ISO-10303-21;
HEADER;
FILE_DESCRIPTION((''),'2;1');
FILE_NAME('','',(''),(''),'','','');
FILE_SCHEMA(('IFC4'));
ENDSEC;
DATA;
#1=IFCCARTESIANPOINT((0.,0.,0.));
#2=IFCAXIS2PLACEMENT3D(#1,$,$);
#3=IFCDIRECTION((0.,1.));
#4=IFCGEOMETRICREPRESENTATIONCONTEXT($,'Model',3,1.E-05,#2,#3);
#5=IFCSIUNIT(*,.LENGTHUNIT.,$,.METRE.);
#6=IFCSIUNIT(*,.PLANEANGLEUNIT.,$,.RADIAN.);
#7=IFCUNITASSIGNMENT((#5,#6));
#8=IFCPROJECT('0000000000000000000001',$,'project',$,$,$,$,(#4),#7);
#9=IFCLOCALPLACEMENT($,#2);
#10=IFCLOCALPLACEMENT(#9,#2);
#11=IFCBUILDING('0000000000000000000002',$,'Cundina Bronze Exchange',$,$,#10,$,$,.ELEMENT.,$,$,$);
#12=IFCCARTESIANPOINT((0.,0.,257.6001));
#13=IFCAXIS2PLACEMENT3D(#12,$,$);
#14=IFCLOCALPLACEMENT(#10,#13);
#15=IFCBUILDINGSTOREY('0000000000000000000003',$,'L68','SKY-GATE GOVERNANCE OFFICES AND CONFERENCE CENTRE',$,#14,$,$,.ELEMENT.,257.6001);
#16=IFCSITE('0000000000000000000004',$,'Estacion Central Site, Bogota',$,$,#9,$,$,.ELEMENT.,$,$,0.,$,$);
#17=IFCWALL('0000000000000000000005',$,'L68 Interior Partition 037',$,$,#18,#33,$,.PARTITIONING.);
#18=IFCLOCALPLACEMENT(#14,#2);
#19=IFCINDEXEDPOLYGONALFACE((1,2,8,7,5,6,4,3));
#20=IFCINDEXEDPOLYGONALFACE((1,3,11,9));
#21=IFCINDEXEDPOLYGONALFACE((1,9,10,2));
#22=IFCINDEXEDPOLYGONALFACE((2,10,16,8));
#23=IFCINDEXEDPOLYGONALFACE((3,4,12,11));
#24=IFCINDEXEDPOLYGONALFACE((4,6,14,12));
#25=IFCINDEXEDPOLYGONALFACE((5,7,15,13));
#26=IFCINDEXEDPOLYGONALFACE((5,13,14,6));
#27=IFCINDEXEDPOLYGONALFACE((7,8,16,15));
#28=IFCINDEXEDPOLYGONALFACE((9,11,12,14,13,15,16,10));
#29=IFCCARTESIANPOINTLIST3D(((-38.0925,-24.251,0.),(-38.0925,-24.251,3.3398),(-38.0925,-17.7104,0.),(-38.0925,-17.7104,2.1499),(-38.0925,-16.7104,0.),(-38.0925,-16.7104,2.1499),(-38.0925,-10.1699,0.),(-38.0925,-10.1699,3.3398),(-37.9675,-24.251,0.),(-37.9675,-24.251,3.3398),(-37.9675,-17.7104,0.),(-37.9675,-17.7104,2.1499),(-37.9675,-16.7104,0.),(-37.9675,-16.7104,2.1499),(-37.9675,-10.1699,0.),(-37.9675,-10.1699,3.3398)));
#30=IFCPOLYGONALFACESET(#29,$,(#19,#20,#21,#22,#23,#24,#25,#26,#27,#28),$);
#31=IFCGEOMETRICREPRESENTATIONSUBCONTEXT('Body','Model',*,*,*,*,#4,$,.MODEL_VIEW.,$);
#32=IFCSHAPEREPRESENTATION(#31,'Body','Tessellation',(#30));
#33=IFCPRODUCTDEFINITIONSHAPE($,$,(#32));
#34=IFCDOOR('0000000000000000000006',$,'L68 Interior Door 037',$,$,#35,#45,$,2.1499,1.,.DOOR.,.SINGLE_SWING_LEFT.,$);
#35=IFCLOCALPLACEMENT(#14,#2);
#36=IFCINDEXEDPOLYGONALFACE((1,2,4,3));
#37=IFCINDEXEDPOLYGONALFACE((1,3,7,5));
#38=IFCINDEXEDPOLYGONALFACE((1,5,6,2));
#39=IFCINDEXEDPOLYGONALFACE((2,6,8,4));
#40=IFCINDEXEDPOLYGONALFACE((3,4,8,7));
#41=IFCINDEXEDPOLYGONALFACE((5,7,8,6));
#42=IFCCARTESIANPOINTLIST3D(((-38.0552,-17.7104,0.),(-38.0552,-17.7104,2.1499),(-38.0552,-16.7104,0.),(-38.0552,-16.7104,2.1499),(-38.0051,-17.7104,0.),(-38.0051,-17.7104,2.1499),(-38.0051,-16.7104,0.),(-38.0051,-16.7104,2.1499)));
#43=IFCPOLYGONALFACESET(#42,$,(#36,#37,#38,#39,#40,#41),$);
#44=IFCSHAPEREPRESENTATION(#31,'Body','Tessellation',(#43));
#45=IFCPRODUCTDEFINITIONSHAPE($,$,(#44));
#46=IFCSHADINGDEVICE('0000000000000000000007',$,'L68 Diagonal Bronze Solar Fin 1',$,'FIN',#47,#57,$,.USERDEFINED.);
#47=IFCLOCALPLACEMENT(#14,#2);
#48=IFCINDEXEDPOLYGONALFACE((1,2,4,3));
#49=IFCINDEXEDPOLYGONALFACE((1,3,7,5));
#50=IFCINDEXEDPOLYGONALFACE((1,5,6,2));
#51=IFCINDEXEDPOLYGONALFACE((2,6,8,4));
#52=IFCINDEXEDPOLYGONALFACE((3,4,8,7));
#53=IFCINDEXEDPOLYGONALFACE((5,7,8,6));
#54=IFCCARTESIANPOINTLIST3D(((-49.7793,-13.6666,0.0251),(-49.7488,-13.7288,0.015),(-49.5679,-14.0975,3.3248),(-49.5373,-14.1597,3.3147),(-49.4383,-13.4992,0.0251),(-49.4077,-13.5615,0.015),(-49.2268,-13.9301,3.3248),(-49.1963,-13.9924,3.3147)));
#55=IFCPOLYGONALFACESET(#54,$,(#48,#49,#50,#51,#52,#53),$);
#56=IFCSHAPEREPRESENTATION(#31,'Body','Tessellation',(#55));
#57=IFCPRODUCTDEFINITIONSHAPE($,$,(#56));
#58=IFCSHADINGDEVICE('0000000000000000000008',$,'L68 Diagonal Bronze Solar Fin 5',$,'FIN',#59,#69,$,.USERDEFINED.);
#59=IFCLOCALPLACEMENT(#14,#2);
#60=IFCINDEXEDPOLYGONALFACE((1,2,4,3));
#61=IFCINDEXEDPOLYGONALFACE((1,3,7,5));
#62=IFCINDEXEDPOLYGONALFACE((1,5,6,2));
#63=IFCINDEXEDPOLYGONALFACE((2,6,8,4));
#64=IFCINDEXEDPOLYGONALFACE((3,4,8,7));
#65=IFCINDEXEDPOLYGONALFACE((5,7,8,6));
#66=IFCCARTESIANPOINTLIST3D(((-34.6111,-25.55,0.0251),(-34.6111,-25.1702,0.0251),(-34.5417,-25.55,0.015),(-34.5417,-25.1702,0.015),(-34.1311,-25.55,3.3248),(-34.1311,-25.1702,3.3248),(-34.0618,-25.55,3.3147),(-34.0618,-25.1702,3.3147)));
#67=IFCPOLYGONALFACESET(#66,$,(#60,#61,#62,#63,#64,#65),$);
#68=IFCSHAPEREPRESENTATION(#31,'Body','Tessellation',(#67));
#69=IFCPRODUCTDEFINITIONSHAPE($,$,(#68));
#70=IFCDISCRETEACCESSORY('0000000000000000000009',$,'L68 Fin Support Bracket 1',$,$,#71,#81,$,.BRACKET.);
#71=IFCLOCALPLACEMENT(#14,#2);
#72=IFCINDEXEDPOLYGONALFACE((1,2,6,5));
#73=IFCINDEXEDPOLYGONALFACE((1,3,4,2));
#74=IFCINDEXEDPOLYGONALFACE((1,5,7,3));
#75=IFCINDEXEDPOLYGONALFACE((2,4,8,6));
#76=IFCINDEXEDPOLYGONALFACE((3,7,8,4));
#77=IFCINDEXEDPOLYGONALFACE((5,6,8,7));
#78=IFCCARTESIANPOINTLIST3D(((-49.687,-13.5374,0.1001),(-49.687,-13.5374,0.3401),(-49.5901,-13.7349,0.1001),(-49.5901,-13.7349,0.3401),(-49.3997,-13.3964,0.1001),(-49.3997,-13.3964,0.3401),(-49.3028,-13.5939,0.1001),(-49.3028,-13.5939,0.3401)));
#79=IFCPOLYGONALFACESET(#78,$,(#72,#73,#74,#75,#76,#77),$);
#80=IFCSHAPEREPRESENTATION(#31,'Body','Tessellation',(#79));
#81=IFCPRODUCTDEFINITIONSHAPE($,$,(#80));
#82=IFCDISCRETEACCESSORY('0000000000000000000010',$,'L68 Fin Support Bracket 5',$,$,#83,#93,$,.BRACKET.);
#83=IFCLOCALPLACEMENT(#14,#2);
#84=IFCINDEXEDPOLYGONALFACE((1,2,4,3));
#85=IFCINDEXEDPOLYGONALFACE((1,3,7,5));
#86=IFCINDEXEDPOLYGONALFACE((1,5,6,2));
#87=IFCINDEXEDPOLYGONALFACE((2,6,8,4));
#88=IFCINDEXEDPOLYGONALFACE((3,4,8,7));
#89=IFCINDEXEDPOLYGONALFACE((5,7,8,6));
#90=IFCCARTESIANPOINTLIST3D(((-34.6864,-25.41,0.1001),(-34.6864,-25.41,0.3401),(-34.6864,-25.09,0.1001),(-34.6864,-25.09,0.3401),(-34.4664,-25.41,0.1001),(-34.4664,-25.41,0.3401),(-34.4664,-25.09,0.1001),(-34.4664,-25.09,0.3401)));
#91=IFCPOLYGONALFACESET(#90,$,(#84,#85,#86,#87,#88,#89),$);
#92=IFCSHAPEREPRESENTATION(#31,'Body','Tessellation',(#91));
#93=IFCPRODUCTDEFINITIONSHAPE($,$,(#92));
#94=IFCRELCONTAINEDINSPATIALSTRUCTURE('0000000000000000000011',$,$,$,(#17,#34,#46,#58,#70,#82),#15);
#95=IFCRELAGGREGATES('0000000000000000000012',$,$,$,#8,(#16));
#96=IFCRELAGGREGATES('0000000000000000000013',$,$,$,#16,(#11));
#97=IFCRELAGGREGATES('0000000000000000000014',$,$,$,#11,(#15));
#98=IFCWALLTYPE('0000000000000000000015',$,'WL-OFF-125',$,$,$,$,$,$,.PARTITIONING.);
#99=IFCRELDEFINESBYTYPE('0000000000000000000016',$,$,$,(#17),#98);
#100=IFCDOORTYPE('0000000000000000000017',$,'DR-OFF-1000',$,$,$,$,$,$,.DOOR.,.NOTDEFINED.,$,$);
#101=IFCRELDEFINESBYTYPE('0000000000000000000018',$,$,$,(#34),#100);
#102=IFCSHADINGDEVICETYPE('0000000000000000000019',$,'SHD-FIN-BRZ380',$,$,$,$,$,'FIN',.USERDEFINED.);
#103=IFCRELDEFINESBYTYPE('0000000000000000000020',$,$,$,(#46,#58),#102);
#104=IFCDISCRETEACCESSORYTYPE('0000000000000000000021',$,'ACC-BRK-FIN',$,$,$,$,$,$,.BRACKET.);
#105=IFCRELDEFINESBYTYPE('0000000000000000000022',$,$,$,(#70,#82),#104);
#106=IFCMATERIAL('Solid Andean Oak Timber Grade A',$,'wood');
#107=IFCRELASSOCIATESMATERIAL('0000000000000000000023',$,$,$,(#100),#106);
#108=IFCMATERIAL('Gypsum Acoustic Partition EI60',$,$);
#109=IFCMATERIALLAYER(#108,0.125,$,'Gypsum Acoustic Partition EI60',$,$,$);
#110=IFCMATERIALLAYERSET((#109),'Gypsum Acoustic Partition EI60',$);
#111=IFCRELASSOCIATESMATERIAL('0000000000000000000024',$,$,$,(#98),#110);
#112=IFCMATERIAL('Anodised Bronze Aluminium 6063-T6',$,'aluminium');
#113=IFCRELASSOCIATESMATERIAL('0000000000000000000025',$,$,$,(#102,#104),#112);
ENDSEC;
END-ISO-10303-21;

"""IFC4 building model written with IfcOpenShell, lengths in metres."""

from ifc_helpers import new_model, si_unit, direction, frame, frame_2d, origin, origin_2d, place, context, subcontext, project, spatial, rectangle, extrude, material, layer, layer_set, material_profile, profile_set, type_object, element, fill, save


model = new_model("IFC4")

# Units and contexts
model_context = context("Model", 3, precision=1e-05, world=origin(), true_north=direction((0.0, 1.0)))
body_context = subcontext(model_context, "Body", "Model", "MODEL_VIEW")
ifc_project = project(units=[si_unit("LENGTHUNIT", "METRE"), si_unit("PLANEANGLEUNIT", "RADIAN")], contexts=[model_context])

# Site, building, storey
site_placement = place(None, origin())
site = spatial("IfcSite", under=ifc_project, at=site_placement, Name="Estacion Central Site, Bogota", CompositionType="ELEMENT", RefElevation=0.0)
building_placement = place(site_placement, origin())
building = spatial("IfcBuilding", under=site, at=building_placement, Name="Cundina Bronze Exchange", CompositionType="ELEMENT")
storey_placement = place(building_placement, frame((0.0, 0.0, 257.6001)))
storey = spatial("IfcBuildingStorey", under=building, at=storey_placement, Name="L68", Description="SKY-GATE GOVERNANCE OFFICES AND CONFERENCE CENTRE", CompositionType="ELEMENT", Elevation=257.6001)

# Shared definitions
ifc_material_1 = material(Name="Anodised Bronze Aluminium 6063-T6", Category="aluminium")

# Shared definitions
ifc_material_2 = material(Name="Solid Andean Oak Timber Grade A", Category="wood")
door_type = type_object("IfcDoorType", Name="DR-OFF-1000", OperationType="NOTDEFINED", PredefinedType="DOOR", material=ifc_material_2)

# Wall, opening, door
ifc_material_3 = material(Name="Gypsum Acoustic Partition EI60")
ifc_layer_1 = layer(ifc_material_3, 0.125, Name="Gypsum Acoustic Partition EI60")
ifc_layer_set_1 = layer_set([ifc_layer_1], Name="Gypsum Acoustic Partition EI60")
wall_type_1 = type_object("IfcWallType", Name="WL-OFF-125", PredefinedType="PARTITIONING", material=ifc_layer_set_1)
wall_1_placement = place(storey_placement, frame((-38.03, -10.1699, 0.0), z_axis=(0.0, 0.0, 1.0), x_axis=(0.0, -1.0, 0.0)))
wall_1 = element("IfcWall", 1, at=wall_1_placement, inside=storey, type_object=wall_type_1, Name="L68 Interior Partition 037", PredefinedType="PARTITIONING", context=body_context, shape_type="SweptSolid", body=[
    extrude(rectangle(XDim=14.0811, YDim=0.125, at=frame_2d((7.0405, 0.0))), origin(), (0.0, 0.0, 1.0), 3.3398),
])
opening_1_placement = place(wall_1_placement, frame((6.5405, 0.0, 0.0)))
opening_1 = element("IfcOpeningElement", 2, at=opening_1_placement, cuts=wall_1, PredefinedType="OPENING", context=body_context, shape_type="SweptSolid", body=[
    extrude(rectangle(XDim=1.0, YDim=2.1499, at=frame_2d((0.5, 1.075))), frame((0.0, 0.0725, 0.0), z_axis=(0.0, -1.0, 0.0), x_axis=(1.0, 0.0, 0.0)), (0.0, 0.0, 1.0), 0.145),
])
door_1_placement = place(opening_1_placement, origin())
door_1 = element("IfcDoor", 3, at=door_1_placement, inside=storey, type_object=door_type, Name="L68 Interior Door 037", OperationType="SINGLE_SWING_LEFT", OverallHeight=2.1499, OverallWidth=1.0, PredefinedType="DOOR", context=body_context, shape_type="SweptSolid", body=[
    extrude(rectangle(XDim=1.0, YDim=2.1499, at=frame_2d((0.5, 1.075))), frame((0.0, 0.0249, 0.0), z_axis=(0.0, -1.0, 0.0), x_axis=(1.0, 0.0, 0.0)), (0.0, 0.0, 1.0), 0.05),
])
fill(opening_1, door_1)

# Shading devices
ifc_material_profile_1 = material_profile(ifc_material_1, rectangle(XDim=0.0701, YDim=0.3799, at=origin_2d()), Name="FIN70X380", Category="aluminium")
ifc_profile_set_1 = profile_set([ifc_material_profile_1], Name="Anodised Bronze Aluminium 6063-T6")
shading_device_type = type_object("IfcShadingDeviceType", Name="SHD-FIN-BRZ380", ElementType="FIN", PredefinedType="USERDEFINED", material=ifc_profile_set_1)
for number, where, z_axis, x_axis, name in (
    (4, (-49.5935, -13.614, 0.02), (0.063405, -0.129226, 0.989586), (-0.4359, 0.88841, 0.143943), "L68 Diagonal Bronze Solar Fin 1"),
    (5, (-34.5764, -25.3601, 0.02), (0.143942, 0.0, 0.989586), (-0.989586, 0.0, 0.143942), "L68 Diagonal Bronze Solar Fin 5"),
):
    element("IfcShadingDevice", number, at=place(storey_placement, frame(where, z_axis=z_axis, x_axis=x_axis)), inside=storey, type_object=shading_device_type, Name=name, ObjectType="FIN", PredefinedType="USERDEFINED", context=body_context, shape_type="SweptSolid", body=[
        extrude(rectangle(XDim=0.0701, YDim=0.3799, at=origin_2d()), origin(), (0.0, 0.0, 1.0), 3.3345),
    ])

# Discrete accessories
discrete_accessory_type = type_object("IfcDiscreteAccessoryType", Name="ACC-BRK-FIN", PredefinedType="BRACKET", material=ifc_material_1)
for number, where, z_axis, x_axis, name in (
    (6, (-49.4949, -13.5657, 0.1001), (0.0, 0.0, 1.0), (0.440503, -0.897751, 0.0), "L68 Fin Support Bracket 1"),
    (7, (-34.5764, -25.25, 0.1001), (0.0, 0.0, 1.0), (1.0, 0.0, 0.0), "L68 Fin Support Bracket 5"),
):
    element("IfcDiscreteAccessory", number, at=place(storey_placement, frame(where, z_axis=z_axis, x_axis=x_axis)), inside=storey, type_object=discrete_accessory_type, Name=name, PredefinedType="BRACKET", context=body_context, shape_type="SweptSolid", body=[
        extrude(rectangle(XDim=0.22, YDim=0.3201, at=origin_2d()), origin(), (0.0, 0.0, 1.0), 0.24),
    ])

save(model, "model.ifc")
